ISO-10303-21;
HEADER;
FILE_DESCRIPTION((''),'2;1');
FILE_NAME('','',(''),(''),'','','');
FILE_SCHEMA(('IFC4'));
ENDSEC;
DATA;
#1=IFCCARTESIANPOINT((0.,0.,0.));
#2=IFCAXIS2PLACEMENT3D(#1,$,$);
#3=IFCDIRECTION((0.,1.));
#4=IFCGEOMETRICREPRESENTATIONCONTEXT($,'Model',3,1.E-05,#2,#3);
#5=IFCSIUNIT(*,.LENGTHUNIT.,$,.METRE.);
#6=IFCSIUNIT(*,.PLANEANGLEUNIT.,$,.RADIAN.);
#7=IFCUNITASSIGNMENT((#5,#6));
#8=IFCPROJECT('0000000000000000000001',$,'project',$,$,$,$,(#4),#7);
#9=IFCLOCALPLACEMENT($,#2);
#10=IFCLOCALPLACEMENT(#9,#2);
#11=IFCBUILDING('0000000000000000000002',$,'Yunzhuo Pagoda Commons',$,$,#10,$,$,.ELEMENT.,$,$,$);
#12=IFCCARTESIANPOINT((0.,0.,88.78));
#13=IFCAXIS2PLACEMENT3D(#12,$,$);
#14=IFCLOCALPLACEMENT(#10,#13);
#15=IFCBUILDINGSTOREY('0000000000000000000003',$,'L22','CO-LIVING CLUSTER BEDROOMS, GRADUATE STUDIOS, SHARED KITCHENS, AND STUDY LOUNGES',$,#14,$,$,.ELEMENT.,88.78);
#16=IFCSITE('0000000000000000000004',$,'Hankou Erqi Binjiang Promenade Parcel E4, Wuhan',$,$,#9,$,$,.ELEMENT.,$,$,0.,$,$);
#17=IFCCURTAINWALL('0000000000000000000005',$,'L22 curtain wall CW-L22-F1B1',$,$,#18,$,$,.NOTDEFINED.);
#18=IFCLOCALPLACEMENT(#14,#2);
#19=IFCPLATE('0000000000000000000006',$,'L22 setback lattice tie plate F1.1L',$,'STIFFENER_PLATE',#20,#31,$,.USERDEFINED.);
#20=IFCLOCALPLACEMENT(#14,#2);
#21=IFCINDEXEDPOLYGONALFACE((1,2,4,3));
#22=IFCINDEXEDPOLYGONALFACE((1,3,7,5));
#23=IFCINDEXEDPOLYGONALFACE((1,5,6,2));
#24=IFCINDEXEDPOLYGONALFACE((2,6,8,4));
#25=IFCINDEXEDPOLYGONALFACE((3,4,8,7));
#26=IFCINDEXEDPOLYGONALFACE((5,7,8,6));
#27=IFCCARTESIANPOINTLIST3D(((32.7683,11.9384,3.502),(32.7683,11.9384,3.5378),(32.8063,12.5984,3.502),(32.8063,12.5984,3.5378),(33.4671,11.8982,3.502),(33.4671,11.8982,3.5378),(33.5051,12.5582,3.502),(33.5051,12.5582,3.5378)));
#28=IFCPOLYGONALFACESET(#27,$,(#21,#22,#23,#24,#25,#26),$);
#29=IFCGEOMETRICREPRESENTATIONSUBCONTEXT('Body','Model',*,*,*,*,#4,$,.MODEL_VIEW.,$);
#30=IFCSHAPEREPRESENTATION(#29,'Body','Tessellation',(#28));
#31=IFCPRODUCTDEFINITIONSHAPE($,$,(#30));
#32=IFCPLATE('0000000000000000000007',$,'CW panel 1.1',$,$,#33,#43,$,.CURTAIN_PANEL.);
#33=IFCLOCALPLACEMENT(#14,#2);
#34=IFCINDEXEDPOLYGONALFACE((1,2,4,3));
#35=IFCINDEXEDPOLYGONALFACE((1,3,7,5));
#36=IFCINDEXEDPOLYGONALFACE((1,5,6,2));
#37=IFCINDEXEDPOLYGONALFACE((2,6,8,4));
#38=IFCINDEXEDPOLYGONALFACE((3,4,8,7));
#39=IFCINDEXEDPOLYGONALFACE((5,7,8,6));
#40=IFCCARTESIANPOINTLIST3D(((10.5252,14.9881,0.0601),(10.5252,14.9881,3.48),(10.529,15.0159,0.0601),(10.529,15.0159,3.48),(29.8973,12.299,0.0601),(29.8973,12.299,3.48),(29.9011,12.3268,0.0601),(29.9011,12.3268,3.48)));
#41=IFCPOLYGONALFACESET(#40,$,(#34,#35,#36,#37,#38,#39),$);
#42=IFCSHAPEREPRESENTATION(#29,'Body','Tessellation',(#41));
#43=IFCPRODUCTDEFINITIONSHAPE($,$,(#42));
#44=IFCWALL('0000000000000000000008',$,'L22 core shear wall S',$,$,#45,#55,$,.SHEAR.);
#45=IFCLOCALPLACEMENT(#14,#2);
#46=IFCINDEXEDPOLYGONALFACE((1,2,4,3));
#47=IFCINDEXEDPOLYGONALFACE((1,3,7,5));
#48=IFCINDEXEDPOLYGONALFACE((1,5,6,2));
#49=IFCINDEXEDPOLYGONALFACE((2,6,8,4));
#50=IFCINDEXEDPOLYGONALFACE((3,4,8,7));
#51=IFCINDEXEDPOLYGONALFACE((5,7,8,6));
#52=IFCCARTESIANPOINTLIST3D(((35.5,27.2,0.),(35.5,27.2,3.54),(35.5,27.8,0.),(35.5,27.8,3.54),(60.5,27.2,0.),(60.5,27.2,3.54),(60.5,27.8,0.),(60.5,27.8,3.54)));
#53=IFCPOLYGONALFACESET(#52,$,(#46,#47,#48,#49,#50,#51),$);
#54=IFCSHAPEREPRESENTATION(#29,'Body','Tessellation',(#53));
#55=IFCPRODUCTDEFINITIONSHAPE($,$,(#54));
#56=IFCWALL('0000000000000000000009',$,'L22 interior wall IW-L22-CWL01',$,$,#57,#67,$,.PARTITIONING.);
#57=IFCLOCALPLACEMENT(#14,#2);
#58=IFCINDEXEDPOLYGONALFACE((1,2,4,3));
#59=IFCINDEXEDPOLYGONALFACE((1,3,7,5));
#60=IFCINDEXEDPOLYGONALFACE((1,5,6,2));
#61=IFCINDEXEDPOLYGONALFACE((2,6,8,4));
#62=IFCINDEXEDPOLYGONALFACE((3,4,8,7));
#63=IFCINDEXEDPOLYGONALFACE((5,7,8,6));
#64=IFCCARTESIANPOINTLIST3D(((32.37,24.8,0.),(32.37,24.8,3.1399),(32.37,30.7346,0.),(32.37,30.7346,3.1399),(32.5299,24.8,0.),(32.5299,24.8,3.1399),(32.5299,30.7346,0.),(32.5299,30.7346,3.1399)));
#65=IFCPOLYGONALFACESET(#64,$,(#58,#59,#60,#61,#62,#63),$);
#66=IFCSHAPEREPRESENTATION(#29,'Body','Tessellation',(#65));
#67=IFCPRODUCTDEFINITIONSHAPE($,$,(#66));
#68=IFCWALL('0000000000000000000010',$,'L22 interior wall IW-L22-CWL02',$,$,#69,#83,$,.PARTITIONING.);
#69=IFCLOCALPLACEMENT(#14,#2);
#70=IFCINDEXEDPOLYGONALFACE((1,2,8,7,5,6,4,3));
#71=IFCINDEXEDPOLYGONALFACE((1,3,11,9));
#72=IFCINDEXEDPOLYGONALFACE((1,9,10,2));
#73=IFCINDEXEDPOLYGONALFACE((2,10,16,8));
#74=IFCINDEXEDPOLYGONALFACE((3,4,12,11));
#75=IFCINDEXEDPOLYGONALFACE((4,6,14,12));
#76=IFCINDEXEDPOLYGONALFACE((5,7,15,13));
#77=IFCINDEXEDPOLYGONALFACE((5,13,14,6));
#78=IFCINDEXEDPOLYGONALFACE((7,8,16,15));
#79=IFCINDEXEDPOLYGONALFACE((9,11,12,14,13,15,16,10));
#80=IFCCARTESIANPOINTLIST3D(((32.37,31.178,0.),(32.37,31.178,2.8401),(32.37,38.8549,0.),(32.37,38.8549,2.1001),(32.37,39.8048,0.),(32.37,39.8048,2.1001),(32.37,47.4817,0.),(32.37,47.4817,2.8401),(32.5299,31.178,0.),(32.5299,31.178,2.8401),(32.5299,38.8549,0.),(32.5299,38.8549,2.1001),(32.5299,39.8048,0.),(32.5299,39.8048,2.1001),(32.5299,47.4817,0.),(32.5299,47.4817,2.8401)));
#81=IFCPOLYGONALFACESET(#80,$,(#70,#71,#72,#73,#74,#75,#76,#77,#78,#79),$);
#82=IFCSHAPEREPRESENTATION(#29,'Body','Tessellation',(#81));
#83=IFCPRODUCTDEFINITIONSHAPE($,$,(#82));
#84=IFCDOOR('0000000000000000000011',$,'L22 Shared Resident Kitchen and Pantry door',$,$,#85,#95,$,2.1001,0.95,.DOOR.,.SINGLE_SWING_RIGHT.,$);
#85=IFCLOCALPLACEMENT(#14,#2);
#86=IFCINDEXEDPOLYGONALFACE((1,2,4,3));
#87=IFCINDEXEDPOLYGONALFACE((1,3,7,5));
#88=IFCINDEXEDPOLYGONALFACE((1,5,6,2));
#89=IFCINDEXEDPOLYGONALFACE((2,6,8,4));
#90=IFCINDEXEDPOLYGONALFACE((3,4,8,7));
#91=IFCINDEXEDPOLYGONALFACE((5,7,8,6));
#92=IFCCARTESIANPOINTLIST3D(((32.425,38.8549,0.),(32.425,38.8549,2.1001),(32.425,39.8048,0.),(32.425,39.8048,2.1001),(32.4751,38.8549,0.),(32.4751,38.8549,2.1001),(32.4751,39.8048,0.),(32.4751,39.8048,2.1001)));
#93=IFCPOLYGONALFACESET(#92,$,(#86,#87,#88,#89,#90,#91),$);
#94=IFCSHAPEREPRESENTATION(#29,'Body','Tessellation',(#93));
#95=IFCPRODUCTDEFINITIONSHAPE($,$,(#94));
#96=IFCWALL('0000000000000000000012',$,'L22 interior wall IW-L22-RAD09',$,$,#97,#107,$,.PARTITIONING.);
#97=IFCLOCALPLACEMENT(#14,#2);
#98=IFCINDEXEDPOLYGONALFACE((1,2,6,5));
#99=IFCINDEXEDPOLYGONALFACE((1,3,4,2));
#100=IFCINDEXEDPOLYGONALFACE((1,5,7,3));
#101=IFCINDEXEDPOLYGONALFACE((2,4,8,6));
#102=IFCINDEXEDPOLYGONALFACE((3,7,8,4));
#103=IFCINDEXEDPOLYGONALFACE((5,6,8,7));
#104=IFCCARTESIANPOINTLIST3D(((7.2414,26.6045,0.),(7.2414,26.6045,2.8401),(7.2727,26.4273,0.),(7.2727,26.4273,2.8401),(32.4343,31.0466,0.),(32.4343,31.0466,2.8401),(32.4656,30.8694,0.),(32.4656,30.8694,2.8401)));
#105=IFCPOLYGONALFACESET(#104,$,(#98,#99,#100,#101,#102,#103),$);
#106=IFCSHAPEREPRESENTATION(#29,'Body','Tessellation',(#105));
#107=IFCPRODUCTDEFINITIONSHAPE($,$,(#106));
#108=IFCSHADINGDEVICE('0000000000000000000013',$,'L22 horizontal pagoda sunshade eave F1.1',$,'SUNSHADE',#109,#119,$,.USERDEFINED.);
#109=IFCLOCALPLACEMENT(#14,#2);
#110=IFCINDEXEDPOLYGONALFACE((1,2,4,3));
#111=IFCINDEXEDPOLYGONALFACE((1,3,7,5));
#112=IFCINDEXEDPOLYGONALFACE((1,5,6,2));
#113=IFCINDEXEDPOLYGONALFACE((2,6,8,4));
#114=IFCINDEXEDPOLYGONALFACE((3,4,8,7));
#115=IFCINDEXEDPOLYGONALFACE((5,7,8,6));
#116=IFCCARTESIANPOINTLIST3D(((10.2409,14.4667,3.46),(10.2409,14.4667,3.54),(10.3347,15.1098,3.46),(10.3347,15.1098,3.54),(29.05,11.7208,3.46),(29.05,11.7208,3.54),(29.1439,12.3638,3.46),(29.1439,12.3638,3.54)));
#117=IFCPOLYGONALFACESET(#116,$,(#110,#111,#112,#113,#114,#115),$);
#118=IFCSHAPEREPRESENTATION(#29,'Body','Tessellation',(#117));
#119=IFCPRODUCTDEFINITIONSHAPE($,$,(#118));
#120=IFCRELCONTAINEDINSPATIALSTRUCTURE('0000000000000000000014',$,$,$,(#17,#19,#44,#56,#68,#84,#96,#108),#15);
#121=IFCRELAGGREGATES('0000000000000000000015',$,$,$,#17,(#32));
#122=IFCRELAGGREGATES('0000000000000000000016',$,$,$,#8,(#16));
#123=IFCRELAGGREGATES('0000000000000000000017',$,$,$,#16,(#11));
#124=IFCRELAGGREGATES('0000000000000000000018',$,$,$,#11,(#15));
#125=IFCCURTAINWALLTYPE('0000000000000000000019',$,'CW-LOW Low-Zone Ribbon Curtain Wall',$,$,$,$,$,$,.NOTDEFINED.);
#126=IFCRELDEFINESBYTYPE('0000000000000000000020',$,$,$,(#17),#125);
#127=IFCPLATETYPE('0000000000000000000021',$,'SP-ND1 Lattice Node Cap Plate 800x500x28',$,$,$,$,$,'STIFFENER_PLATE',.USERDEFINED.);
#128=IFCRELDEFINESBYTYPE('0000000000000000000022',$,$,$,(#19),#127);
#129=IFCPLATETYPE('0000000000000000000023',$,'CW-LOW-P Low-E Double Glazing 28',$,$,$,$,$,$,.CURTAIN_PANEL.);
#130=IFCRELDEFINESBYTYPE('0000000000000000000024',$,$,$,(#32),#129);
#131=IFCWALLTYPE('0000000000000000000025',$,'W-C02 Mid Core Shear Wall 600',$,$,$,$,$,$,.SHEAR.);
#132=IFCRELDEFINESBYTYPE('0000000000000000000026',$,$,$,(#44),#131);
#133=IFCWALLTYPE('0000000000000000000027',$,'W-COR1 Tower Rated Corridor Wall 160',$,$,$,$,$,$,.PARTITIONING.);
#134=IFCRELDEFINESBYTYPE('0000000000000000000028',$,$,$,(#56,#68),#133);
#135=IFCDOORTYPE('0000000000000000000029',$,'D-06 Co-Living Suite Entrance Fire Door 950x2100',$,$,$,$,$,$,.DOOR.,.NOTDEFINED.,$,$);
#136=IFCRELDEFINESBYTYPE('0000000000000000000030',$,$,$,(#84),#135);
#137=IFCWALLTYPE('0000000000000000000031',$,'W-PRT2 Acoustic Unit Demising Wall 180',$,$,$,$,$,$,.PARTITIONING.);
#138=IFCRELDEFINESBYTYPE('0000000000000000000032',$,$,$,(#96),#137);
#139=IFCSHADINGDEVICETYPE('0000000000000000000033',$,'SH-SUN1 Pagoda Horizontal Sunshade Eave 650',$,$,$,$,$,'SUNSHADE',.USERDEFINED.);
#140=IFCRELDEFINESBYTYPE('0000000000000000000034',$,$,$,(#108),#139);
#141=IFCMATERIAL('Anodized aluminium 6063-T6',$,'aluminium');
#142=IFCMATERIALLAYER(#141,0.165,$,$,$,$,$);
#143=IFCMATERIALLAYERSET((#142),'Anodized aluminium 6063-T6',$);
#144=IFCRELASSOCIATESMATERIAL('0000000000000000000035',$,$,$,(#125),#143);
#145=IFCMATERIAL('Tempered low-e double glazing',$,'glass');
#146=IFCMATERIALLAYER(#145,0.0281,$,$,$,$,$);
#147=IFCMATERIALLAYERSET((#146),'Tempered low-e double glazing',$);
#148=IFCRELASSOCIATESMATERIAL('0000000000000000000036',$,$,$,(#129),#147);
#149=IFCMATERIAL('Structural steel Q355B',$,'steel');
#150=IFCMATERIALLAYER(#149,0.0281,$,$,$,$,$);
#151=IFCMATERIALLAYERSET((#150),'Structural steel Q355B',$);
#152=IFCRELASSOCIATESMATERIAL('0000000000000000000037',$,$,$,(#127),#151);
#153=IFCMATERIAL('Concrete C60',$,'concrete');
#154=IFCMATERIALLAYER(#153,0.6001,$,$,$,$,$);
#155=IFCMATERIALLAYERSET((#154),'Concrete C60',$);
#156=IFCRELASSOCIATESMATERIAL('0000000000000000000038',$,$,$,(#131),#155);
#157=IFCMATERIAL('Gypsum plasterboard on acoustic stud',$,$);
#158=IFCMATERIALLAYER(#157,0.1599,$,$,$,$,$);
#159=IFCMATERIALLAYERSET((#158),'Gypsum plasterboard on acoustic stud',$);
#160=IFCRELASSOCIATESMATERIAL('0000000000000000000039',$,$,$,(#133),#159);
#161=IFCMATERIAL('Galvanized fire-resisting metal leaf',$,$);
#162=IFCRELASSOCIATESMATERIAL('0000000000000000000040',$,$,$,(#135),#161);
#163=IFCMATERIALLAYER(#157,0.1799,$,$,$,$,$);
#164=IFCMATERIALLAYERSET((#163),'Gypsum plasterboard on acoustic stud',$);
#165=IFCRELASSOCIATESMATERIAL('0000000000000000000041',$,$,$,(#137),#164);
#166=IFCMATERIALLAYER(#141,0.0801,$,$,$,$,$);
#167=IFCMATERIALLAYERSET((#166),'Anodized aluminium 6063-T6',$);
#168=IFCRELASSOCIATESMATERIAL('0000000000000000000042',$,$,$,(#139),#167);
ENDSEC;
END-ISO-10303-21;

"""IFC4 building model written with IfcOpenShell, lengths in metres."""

from ifc_helpers import new_model, si_unit, direction, frame, frame_2d, origin, origin_with_axes, origin_2d, place, context, subcontext, project, spatial, rectangle, extrude, source, transform, mapped, material, layer, layer_set, type_object, element, fill, aggregate, save


model = new_model("IFC4")

# Units and contexts
model_context = context("Model", 3, precision=1e-05, world=origin(), true_north=direction((0.0, 1.0)))
body_context = subcontext(model_context, "Body", "Model", "MODEL_VIEW")
ifc_project = project(units=[si_unit("LENGTHUNIT", "METRE"), si_unit("PLANEANGLEUNIT", "RADIAN")], contexts=[model_context])

# Site, building, storey
site_placement = place(None, origin())
site = spatial("IfcSite", under=ifc_project, at=site_placement, Name="Hankou Erqi Binjiang Promenade Parcel E4, Wuhan", CompositionType="ELEMENT", RefElevation=0.0)
building_placement = place(site_placement, origin())
building = spatial("IfcBuilding", under=site, at=building_placement, Name="Yunzhuo Pagoda Commons", CompositionType="ELEMENT")
storey_placement = place(building_placement, frame((0.0, 0.0, 88.78)))
storey = spatial("IfcBuildingStorey", under=building, at=storey_placement, Name="L22", Description="CO-LIVING CLUSTER BEDROOMS, GRADUATE STUDIOS, SHARED KITCHENS, AND STUDY LOUNGES", CompositionType="ELEMENT", Elevation=88.78)

# Shared definitions
ifc_material_1 = material(Name="Structural steel Q355B", Category="steel")

# Shared definitions
ifc_material_2 = material(Name="Anodized aluminium 6063-T6", Category="aluminium")
ifc_layer_1 = layer(ifc_material_2, 0.165)
ifc_layer_set_1 = layer_set([ifc_layer_1], Name="Anodized aluminium 6063-T6")
curtain_wall_type = type_object("IfcCurtainWallType", Name="CW-LOW Low-Zone Ribbon Curtain Wall", PredefinedType="NOTDEFINED", material=ifc_layer_set_1)

# Curtain wall
curtain_wall_1_placement = place(storey_placement, origin())
curtain_wall_1 = element("IfcCurtainWall", 1, at=curtain_wall_1_placement, inside=storey, type_object=curtain_wall_type, Name="L22 curtain wall CW-L22-F1B1", PredefinedType="NOTDEFINED")

# Plates
ifc_material_3 = material(Name="Tempered low-e double glazing", Category="glass")
ifc_layer_2 = layer(ifc_material_3, 0.0281)
ifc_layer_set_2 = layer_set([ifc_layer_2], Name="Tempered low-e double glazing")
plate_type_1 = type_object("IfcPlateType", Name="CW-LOW-P Low-E Double Glazing 28", PredefinedType="CURTAIN_PANEL", material=ifc_layer_set_2)
ifc_layer_3 = layer(ifc_material_1, 0.0281)
ifc_layer_set_3 = layer_set([ifc_layer_3], Name="Structural steel Q355B")
plate_type_2 = type_object("IfcPlateType", Name="SP-ND1 Lattice Node Cap Plate 800x500x28", ElementType="STIFFENER_PLATE", PredefinedType="USERDEFINED", material=ifc_layer_set_3)
shared_shape_1 = source(origin(), body_context, "Body", "SweptSolid", [
    extrude(rectangle(XDim=0.7, YDim=0.6611, at=origin_2d()), origin(), (0.0, 0.0, 1.0), 0.0359),
])
plate_1_placement = place(storey_placement, frame((33.1367, 12.2483, 3.502), z_axis=(0.0, 0.0, 1.0), x_axis=(0.99835, -0.057425, 0.0)))
element("IfcPlate", 2, at=plate_1_placement, inside=storey, type_object=plate_type_2, Name="L22 setback lattice tie plate F1.1L", ObjectType="STIFFENER_PLATE", PredefinedType="USERDEFINED", context=body_context, shape_type="MappedRepresentation", body=[
    mapped(shared_shape_1, transform((0.0, 0.0, 0.0), scale=1.0)),
])
shared_shape_2 = source(origin(), body_context, "Body", "SweptSolid", [
    extrude(rectangle(XDim=19.5579, YDim=0.0281, at=origin_2d()), origin(), (0.0, 0.0, 1.0), 3.4199),
])
plate_2_placement = place(storey_placement, frame((20.2131, 13.6575, 0.0601), z_axis=(0.0, 0.0, 1.0), x_axis=(0.990502, -0.137496, 0.0)))
plate_2 = element("IfcPlate", 3, at=plate_2_placement, type_object=plate_type_1, Name="CW panel 1.1", PredefinedType="CURTAIN_PANEL", context=body_context, shape_type="MappedRepresentation", body=[
    mapped(shared_shape_2, transform((0.0, 0.0, 0.0), scale=1.0)),
])
aggregate(curtain_wall_1, [plate_2])

# Walls
ifc_material_4 = material(Name="Concrete C60", Category="concrete")
ifc_layer_4 = layer(ifc_material_4, 0.6001)
ifc_layer_set_4 = layer_set([ifc_layer_4], Name="Concrete C60")
wall_type_1 = type_object("IfcWallType", Name="W-C02 Mid Core Shear Wall 600", PredefinedType="SHEAR", material=ifc_layer_set_4)
wall_1_placement = place(storey_placement, frame((35.5, 27.5, 0.0), z_axis=(0.0, 0.0, 1.0), x_axis=(1.0, 0.0, 0.0)))
element("IfcWall", 4, at=wall_1_placement, inside=storey, type_object=wall_type_1, Name="L22 core shear wall S", PredefinedType="SHEAR", context=body_context, shape_type="SweptSolid", body=[
    extrude(rectangle(XDim=25.0, YDim=0.6001, at=frame_2d((12.5, 0.0))), origin(), (0.0, 0.0, 1.0), 3.54),
])
ifc_material_5 = material(Name="Gypsum plasterboard on acoustic stud")
ifc_layer_5 = layer(ifc_material_5, 0.1599)
ifc_layer_set_5 = layer_set([ifc_layer_5], Name="Gypsum plasterboard on acoustic stud")
wall_type_2 = type_object("IfcWallType", Name="W-COR1 Tower Rated Corridor Wall 160", PredefinedType="PARTITIONING", material=ifc_layer_set_5)
wall_2_placement = place(storey_placement, frame((32.45, 24.8, 0.0), z_axis=(0.0, 0.0, 1.0), x_axis=(0.0, 1.0, 0.0)))
element("IfcWall", 5, at=wall_2_placement, inside=storey, type_object=wall_type_2, Name="L22 interior wall IW-L22-CWL01", PredefinedType="PARTITIONING", context=body_context, shape_type="SweptSolid", body=[
    extrude(rectangle(XDim=5.9346, YDim=0.1599, at=frame_2d((2.9673, 0.0))), origin(), (0.0, 0.0, 1.0), 3.1399),
])

# Wall, opening, door
wall_3_placement = place(storey_placement, frame((32.45, 31.178, 0.0), z_axis=(0.0, 0.0, 1.0), x_axis=(0.0, 1.0, 0.0)))
wall_3 = element("IfcWall", 6, at=wall_3_placement, inside=storey, type_object=wall_type_2, Name="L22 interior wall IW-L22-CWL02", PredefinedType="PARTITIONING", context=body_context, shape_type="SweptSolid", body=[
    extrude(rectangle(XDim=16.3037, YDim=0.1599, at=frame_2d((8.1519, 0.0))), origin(), (0.0, 0.0, 1.0), 2.8401),
])
opening_placement = place(wall_3_placement, frame((7.6768, 0.0, 0.0)))
opening = element("IfcOpeningElement", 7, at=opening_placement, cuts=wall_3, PredefinedType="OPENING", context=body_context, shape_type="SweptSolid", body=[
    extrude(rectangle(XDim=0.95, YDim=2.1001, at=frame_2d((0.4751, 1.05))), frame((0.0, 0.0898, 0.0), z_axis=(0.0, -1.0, 0.0), x_axis=(1.0, 0.0, 0.0)), (0.0, 0.0, 1.0), 0.1799),
])
ifc_material_6 = material(Name="Galvanized fire-resisting metal leaf")
door_type = type_object("IfcDoorType", Name="D-06 Co-Living Suite Entrance Fire Door 950x2100", OperationType="NOTDEFINED", PredefinedType="DOOR", material=ifc_material_6)
shared_shape_3 = source(origin(), body_context, "Body", "SweptSolid", [
    extrude(rectangle(XDim=0.95, YDim=2.1001, at=frame_2d((0.4751, 1.05))), frame((0.0, 0.0249, 0.0), z_axis=(0.0, -1.0, 0.0), x_axis=(1.0, 0.0, 0.0)), (0.0, 0.0, 1.0), 0.05),
])
door_placement = place(opening_placement, origin_with_axes())
door = element("IfcDoor", 8, at=door_placement, inside=storey, type_object=door_type, Name="L22 Shared Resident Kitchen and Pantry door", OperationType="SINGLE_SWING_RIGHT", OverallHeight=2.1001, OverallWidth=0.95, PredefinedType="DOOR", context=body_context, shape_type="MappedRepresentation", body=[
    mapped(shared_shape_3, transform((0.0, 0.0, 0.0), scale=1.0)),
])
fill(opening, door)

# Wall
ifc_layer_6 = layer(ifc_material_5, 0.1799)
ifc_layer_set_6 = layer_set([ifc_layer_6], Name="Gypsum plasterboard on acoustic stud")
wall_type_3 = type_object("IfcWallType", Name="W-PRT2 Acoustic Unit Demising Wall 180", PredefinedType="PARTITIONING", material=ifc_layer_set_6)
wall_4_placement = place(storey_placement, frame((32.45, 30.958, 0.0), z_axis=(0.0, 0.0, 1.0), x_axis=(-0.984808, -0.173647, 0.0)))
element("IfcWall", 9, at=wall_4_placement, inside=storey, type_object=wall_type_3, Name="L22 interior wall IW-L22-RAD09", PredefinedType="PARTITIONING", context=body_context, shape_type="SweptSolid", body=[
    extrude(rectangle(XDim=25.5815, YDim=0.1799, at=frame_2d((12.7908, 0.0))), origin(), (0.0, 0.0, 1.0), 2.8401),
])

# Shading device
ifc_layer_7 = layer(ifc_material_2, 0.0801)
ifc_layer_set_7 = layer_set([ifc_layer_7], Name="Anodized aluminium 6063-T6")
shading_device_type = type_object("IfcShadingDeviceType", Name="SH-SUN1 Pagoda Horizontal Sunshade Eave 650", ElementType="SUNSHADE", PredefinedType="USERDEFINED", material=ifc_layer_set_7)
shared_shape_4 = source(origin(), body_context, "Body", "SweptSolid", [
    extrude(rectangle(XDim=19.0085, YDim=0.6499, at=origin_2d()), origin(), (0.0, 0.0, 1.0), 0.0801),
])
shading_device_placement = place(storey_placement, frame((19.6924, 13.4153, 3.46), z_axis=(0.0, 0.0, 1.0), x_axis=(0.989511, -0.14446, 0.0)))
element("IfcShadingDevice", 10, at=shading_device_placement, inside=storey, type_object=shading_device_type, Name="L22 horizontal pagoda sunshade eave F1.1", ObjectType="SUNSHADE", PredefinedType="USERDEFINED", context=body_context, shape_type="MappedRepresentation", body=[
    mapped(shared_shape_4, transform((0.0, 0.0, 0.0), scale=1.0)),
])

save(model, "model.ifc")
